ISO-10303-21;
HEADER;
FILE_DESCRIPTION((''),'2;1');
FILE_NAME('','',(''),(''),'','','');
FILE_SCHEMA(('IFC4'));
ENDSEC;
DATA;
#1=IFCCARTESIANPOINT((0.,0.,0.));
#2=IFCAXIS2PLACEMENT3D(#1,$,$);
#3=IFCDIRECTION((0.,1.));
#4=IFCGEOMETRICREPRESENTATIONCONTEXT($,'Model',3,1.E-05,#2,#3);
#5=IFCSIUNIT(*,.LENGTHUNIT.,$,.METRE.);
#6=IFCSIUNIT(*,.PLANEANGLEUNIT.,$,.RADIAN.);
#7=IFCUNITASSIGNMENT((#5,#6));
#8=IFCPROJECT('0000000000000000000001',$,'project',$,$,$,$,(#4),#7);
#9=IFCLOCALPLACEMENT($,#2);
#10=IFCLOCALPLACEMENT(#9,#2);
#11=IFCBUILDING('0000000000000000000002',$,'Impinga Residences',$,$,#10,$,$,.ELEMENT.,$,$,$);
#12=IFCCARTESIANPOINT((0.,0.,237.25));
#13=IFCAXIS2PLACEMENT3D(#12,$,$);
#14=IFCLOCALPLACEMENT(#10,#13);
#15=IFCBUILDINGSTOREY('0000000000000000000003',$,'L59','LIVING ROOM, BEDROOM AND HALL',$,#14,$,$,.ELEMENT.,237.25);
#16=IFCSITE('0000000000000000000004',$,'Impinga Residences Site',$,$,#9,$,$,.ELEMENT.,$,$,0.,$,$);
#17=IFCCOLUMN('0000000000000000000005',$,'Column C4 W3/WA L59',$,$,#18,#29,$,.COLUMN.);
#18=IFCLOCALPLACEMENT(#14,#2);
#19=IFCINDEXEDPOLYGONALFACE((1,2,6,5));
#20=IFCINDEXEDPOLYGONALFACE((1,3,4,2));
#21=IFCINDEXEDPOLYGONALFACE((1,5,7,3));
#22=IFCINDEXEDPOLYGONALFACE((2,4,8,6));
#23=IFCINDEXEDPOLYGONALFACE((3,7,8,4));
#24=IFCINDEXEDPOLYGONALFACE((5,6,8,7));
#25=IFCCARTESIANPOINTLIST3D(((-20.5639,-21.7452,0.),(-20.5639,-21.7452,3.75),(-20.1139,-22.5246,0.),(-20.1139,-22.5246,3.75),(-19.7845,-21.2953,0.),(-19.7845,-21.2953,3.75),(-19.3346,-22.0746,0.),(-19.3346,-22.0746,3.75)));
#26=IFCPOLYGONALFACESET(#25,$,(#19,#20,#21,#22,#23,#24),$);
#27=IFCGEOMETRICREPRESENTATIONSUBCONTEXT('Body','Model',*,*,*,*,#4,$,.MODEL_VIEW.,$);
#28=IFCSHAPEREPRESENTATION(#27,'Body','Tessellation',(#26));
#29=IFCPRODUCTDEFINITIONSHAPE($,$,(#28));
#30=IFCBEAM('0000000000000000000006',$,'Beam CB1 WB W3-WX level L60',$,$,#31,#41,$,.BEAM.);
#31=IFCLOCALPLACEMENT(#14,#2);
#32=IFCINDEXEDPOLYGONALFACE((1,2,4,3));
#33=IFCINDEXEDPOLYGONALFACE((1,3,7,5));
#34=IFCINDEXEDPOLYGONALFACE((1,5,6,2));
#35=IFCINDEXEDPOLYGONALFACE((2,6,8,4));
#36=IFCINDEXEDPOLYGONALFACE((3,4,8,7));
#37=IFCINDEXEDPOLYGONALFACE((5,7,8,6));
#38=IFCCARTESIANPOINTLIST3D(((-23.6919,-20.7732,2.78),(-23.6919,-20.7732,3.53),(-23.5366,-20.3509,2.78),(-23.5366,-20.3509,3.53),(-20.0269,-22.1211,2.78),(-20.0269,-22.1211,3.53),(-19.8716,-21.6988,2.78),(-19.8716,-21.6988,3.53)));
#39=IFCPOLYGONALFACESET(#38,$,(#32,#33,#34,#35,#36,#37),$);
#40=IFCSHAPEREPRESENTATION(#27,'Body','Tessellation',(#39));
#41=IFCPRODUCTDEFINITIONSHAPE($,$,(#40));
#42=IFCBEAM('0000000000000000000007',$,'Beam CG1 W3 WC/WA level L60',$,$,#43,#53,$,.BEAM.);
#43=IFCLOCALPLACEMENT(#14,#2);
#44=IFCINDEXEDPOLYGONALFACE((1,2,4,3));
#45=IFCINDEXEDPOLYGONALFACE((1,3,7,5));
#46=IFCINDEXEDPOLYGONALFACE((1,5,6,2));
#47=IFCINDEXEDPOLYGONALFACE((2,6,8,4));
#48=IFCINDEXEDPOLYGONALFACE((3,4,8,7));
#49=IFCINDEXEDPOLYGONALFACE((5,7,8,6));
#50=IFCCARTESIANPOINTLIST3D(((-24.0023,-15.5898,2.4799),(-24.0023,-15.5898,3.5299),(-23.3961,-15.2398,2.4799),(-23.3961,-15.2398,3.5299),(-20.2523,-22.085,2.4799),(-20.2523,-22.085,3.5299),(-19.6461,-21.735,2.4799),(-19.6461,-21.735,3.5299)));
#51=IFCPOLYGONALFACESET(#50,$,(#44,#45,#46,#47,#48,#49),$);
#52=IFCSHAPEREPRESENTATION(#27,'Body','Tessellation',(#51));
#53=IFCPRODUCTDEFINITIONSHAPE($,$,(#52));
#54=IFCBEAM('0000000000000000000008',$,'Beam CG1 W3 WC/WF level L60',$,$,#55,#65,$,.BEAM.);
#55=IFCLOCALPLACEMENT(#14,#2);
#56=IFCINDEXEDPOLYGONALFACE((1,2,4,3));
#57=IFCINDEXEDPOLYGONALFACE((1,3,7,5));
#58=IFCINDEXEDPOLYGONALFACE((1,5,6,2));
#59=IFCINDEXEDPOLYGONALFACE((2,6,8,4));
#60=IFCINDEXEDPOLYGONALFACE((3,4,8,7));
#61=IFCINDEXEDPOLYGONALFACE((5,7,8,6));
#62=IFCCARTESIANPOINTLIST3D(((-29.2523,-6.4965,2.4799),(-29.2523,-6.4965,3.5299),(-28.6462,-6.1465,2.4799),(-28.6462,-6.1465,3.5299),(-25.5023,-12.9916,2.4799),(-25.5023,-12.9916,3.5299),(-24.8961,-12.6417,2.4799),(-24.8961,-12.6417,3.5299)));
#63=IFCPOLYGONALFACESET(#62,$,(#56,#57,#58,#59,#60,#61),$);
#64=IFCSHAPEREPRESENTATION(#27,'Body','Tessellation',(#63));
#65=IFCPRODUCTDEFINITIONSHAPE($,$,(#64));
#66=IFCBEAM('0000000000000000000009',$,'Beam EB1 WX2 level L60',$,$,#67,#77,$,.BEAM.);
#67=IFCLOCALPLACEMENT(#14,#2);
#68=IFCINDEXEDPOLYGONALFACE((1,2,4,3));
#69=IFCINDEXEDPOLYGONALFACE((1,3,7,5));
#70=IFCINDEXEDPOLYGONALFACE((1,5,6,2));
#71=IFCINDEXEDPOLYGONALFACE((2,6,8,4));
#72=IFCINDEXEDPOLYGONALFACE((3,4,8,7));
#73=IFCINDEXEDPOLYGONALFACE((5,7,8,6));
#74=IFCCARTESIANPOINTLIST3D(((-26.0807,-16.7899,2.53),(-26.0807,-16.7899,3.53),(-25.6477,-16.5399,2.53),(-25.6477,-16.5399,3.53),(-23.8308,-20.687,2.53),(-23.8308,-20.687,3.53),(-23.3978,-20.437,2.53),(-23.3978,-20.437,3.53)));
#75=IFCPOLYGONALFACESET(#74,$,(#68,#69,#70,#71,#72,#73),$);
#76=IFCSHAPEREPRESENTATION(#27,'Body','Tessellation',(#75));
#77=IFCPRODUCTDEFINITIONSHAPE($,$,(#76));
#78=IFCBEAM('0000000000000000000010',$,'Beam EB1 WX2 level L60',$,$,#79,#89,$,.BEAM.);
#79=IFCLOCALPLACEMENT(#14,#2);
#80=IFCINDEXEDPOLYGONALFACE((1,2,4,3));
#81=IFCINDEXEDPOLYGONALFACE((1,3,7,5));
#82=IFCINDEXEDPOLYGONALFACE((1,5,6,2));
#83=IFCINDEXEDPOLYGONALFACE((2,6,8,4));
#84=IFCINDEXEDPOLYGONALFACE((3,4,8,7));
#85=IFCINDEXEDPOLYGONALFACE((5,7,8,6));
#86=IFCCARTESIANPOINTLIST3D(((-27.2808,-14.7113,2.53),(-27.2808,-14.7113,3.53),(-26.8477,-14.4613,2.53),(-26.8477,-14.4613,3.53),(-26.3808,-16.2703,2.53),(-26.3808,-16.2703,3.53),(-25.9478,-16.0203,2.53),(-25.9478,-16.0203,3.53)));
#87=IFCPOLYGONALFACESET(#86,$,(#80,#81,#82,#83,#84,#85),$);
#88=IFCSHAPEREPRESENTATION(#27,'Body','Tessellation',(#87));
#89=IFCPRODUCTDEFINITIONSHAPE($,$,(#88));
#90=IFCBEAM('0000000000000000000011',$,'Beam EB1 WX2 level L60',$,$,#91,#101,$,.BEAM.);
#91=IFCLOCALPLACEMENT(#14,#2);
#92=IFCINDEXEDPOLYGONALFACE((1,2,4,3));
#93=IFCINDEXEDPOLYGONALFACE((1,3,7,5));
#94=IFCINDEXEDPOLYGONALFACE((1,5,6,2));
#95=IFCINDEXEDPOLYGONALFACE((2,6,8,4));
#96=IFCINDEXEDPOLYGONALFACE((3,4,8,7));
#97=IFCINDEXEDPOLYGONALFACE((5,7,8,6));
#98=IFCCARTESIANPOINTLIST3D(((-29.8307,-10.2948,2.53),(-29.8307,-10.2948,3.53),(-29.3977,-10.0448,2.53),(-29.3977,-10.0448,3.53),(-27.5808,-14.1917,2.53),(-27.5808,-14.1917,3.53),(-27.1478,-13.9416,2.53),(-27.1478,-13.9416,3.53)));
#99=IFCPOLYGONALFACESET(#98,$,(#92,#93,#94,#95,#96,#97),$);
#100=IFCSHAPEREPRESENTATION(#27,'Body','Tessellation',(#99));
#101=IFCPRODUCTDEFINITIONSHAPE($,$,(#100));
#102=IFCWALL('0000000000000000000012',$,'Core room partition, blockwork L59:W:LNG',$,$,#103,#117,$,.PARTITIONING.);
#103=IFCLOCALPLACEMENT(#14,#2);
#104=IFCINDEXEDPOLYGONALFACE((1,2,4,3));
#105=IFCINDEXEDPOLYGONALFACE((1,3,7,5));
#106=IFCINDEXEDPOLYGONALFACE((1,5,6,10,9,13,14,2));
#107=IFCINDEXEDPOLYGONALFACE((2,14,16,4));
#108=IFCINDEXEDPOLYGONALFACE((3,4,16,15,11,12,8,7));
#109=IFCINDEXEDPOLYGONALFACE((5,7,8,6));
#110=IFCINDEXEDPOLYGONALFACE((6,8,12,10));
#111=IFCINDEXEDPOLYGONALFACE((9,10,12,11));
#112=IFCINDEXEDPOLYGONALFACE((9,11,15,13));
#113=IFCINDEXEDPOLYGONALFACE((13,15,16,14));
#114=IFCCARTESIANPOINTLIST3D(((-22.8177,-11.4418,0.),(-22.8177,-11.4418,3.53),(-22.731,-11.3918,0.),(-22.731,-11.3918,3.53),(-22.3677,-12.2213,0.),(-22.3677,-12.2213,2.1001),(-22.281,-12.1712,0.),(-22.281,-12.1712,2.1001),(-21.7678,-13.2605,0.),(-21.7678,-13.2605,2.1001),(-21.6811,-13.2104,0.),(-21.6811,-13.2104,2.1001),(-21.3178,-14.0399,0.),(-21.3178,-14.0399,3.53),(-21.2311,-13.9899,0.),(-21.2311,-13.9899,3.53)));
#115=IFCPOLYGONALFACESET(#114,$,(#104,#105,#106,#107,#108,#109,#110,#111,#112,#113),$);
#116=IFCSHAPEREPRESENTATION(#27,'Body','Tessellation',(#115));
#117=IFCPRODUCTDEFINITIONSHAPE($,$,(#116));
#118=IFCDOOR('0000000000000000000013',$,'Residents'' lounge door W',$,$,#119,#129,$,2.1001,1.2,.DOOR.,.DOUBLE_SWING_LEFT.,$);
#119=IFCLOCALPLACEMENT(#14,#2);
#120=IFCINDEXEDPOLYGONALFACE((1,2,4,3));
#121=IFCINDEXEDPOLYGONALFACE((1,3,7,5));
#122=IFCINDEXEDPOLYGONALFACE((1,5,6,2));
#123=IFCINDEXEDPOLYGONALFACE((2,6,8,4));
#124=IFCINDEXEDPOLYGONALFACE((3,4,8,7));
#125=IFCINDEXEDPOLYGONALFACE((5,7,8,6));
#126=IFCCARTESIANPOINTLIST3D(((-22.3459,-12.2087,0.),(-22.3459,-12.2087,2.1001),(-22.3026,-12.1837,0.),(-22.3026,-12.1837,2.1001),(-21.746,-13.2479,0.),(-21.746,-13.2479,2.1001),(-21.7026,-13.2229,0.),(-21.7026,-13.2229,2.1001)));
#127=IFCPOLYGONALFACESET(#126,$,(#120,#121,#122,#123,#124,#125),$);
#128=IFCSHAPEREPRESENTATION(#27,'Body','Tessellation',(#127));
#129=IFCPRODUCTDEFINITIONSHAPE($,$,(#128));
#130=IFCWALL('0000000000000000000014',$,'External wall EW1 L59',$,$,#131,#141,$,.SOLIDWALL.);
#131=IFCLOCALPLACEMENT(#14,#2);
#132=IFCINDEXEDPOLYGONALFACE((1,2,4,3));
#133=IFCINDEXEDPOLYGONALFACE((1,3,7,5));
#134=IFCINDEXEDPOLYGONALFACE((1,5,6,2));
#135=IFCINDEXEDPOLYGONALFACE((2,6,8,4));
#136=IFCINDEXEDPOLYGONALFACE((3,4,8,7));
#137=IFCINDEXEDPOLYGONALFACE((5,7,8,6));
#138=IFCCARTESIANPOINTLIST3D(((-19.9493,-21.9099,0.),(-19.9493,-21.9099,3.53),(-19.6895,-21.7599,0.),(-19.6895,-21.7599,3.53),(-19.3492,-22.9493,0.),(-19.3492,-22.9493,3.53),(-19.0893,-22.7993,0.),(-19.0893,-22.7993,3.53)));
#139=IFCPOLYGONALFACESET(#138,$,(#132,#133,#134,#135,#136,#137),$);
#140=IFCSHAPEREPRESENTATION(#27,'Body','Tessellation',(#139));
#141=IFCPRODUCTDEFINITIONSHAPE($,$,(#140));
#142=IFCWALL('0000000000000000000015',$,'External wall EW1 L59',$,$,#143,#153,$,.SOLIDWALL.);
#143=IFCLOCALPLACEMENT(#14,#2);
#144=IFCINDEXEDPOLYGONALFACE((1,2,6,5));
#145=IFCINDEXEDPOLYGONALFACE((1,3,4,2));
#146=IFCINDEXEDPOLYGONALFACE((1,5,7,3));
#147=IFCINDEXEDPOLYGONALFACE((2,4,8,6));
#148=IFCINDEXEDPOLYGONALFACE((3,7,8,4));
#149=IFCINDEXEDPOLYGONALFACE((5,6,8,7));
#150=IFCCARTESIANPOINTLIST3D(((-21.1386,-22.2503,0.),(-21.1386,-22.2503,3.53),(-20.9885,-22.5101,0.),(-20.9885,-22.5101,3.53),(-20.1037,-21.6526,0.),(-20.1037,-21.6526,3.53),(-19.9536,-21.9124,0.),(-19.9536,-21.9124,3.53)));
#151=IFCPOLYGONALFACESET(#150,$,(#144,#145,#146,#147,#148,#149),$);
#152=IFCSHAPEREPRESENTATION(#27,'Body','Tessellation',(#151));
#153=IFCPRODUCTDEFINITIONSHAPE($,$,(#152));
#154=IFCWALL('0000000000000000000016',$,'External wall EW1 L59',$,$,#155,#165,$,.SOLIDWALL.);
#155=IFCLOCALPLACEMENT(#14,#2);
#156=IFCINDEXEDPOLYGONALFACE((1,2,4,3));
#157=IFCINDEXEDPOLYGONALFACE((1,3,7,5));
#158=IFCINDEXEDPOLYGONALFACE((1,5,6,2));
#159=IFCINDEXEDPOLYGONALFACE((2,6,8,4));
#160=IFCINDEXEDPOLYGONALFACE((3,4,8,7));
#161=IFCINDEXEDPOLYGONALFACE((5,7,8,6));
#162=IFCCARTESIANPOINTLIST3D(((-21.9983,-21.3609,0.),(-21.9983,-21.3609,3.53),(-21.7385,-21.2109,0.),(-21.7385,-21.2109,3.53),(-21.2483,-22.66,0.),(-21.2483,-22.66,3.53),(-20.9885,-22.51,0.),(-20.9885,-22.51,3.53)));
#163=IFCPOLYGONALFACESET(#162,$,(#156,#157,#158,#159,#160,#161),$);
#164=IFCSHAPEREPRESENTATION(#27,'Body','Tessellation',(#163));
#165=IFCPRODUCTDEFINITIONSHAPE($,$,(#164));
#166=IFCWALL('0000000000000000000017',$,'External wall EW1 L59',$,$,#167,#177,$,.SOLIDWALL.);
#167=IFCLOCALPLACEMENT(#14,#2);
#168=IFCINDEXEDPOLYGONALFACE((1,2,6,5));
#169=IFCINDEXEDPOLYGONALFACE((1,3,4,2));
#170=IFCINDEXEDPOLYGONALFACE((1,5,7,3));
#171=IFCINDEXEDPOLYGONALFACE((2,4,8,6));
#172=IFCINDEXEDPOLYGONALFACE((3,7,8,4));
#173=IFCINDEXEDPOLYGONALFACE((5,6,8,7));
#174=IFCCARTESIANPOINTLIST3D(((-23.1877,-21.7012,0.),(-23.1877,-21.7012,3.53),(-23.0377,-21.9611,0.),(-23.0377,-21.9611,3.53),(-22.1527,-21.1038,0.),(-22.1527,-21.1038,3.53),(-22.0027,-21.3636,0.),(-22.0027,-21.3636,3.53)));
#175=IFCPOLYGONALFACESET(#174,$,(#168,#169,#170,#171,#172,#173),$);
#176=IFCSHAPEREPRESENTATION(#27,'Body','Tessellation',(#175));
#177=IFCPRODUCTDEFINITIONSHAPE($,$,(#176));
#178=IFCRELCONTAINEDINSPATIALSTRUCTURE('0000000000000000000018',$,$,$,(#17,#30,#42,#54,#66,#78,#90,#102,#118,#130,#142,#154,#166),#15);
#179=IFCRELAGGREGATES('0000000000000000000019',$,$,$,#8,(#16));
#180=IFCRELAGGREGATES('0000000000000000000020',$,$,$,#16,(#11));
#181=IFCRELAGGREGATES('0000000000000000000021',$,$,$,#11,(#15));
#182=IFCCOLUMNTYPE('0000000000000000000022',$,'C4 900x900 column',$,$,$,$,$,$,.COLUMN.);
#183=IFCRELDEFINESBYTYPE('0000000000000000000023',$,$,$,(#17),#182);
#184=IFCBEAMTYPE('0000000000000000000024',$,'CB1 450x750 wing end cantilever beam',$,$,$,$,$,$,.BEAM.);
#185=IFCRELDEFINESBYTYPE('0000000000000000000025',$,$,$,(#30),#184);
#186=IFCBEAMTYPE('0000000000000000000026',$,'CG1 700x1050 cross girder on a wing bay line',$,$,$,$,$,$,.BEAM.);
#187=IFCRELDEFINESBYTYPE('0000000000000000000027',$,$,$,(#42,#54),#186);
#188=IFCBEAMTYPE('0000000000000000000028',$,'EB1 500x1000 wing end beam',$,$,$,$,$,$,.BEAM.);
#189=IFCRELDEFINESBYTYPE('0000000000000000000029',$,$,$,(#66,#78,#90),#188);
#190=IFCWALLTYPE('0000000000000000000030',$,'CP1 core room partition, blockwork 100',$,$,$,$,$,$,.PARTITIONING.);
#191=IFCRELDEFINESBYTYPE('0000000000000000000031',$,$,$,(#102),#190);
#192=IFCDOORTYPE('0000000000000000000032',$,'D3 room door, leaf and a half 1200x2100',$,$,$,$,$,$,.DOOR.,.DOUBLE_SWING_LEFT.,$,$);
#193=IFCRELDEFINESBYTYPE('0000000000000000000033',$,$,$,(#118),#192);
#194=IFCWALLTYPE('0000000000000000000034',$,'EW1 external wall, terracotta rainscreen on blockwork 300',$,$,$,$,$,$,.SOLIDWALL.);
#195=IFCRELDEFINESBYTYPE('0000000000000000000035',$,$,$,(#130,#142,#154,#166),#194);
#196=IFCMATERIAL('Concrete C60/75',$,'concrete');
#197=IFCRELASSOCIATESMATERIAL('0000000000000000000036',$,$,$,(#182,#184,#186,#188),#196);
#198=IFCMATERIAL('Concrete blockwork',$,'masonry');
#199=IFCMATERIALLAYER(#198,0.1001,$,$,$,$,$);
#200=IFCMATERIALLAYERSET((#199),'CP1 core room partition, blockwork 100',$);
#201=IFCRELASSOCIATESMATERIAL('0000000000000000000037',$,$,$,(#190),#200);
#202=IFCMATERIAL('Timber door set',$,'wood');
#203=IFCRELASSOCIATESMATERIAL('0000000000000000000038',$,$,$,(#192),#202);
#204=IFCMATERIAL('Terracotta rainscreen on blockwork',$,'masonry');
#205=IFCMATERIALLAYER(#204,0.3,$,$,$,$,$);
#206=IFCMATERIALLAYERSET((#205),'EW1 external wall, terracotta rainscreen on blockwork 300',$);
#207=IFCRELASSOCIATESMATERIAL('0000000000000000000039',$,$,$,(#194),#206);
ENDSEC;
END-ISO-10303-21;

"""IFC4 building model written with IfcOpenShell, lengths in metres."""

from ifc_helpers import new_model, si_unit, direction, frame, frame_2d, origin, origin_2d, place, context, subcontext, project, spatial, rectangle, extrude, material, layer, layer_set, material_profile, profile_set, type_object, element, fill, save


model = new_model("IFC4")

# Units and contexts
model_context = context("Model", 3, precision=1e-05, world=origin(), true_north=direction((0.0, 1.0)))
body_context = subcontext(model_context, "Body", "Model", "MODEL_VIEW")
ifc_project = project(units=[si_unit("LENGTHUNIT", "METRE"), si_unit("PLANEANGLEUNIT", "RADIAN")], contexts=[model_context])

# Site, building, storey
site_placement = place(None, origin())
site = spatial("IfcSite", under=ifc_project, at=site_placement, Name="Impinga Residences Site", CompositionType="ELEMENT", RefElevation=0.0)
building_placement = place(site_placement, origin())
building = spatial("IfcBuilding", under=site, at=building_placement, Name="Impinga Residences", CompositionType="ELEMENT")
storey_placement = place(building_placement, frame((0.0, 0.0, 237.25)))
storey = spatial("IfcBuildingStorey", under=building, at=storey_placement, Name="L59", Description="LIVING ROOM, BEDROOM AND HALL", CompositionType="ELEMENT", Elevation=237.25)

# Column
ifc_material_1 = material(Name="Concrete C60/75", Category="concrete")
ifc_material_profile_1 = material_profile(ifc_material_1, rectangle(XDim=0.8999, YDim=0.8999, at=origin_2d()), Name="RC 900x900")
ifc_profile_set_1 = profile_set([ifc_material_profile_1], Name="Concrete C60/75")
column_type = type_object("IfcColumnType", Name="C4 900x900 column", PredefinedType="COLUMN", material=ifc_profile_set_1)
column_placement = place(storey_placement, frame((-19.9492, -21.9099, 0.0), z_axis=(0.0, 0.0, 1.0), x_axis=(-0.5, 0.866025, 0.0)))
element("IfcColumn", 1, at=column_placement, inside=storey, type_object=column_type, Name="Column C4 W3/WA L59", PredefinedType="COLUMN", context=body_context, shape_type="SweptSolid", body=[
    extrude(rectangle(XDim=0.8999, YDim=0.8999, at=origin_2d()), origin(), (0.0, 0.0, 1.0), 3.75),
])

# Beams
ifc_material_profile_2 = material_profile(ifc_material_1, rectangle(XDim=0.45, YDim=0.75, at=origin_2d()), Name="RC 450x750")
ifc_profile_set_2 = profile_set([ifc_material_profile_2], Name="Concrete C60/75")
beam_type_1 = type_object("IfcBeamType", Name="CB1 450x750 wing end cantilever beam", PredefinedType="BEAM", material=ifc_profile_set_2)
beam_1_placement = place(storey_placement, frame((-19.9492, -21.9099, 3.155), z_axis=(-0.93854, 0.345169, 0.0), x_axis=(-0.345169, -0.93854, 0.0)))
element("IfcBeam", 2, at=beam_1_placement, inside=storey, type_object=beam_type_1, Name="Beam CB1 WB W3-WX level L60", PredefinedType="BEAM", context=body_context, shape_type="SweptSolid", body=[
    extrude(rectangle(XDim=0.45, YDim=0.75, at=origin_2d()), origin(), (0.0, 0.0, 1.0), 3.905),
])
ifc_material_profile_3 = material_profile(ifc_material_1, rectangle(XDim=0.7, YDim=1.05, at=origin_2d()), Name="RC 700x1050")
ifc_profile_set_3 = profile_set([ifc_material_profile_3], Name="Concrete C60/75")
beam_type_2 = type_object("IfcBeamType", Name="CG1 700x1050 cross girder on a wing bay line", PredefinedType="BEAM", material=ifc_profile_set_3)
for number, where, z_axis, x_axis, name in (
    (3, (-23.6992, -15.4148, 3.0049), (0.500004, -0.866023, 0.0), (0.866023, 0.500004, 0.0), "Beam CG1 W3 WC/WA level L60"),
    (4, (-25.1992, -12.8167, 3.0049), (-0.500004, 0.866023, 0.0), (-0.866023, -0.500004, 0.0), "Beam CG1 W3 WC/WF level L60"),
):
    element("IfcBeam", number, at=place(storey_placement, frame(where, z_axis=z_axis, x_axis=x_axis)), inside=storey, type_object=beam_type_2, Name=name, PredefinedType="BEAM", context=body_context, shape_type="SweptSolid", body=[
        extrude(rectangle(XDim=0.7, YDim=1.05, at=origin_2d()), origin(), (0.0, 0.0, 1.0), 7.5),
    ])
ifc_material_profile_4 = material_profile(ifc_material_1, rectangle(XDim=0.5, YDim=1.0, at=origin_2d()), Name="RC 500x1000")
ifc_profile_set_4 = profile_set([ifc_material_profile_4], Name="Concrete C60/75")
beam_type_3 = type_object("IfcBeamType", Name="EB1 500x1000 wing end beam", PredefinedType="BEAM", material=ifc_profile_set_4)
beam_2_placement = place(storey_placement, frame((-23.6143, -20.562, 3.03), z_axis=(-0.49999, 0.866031, 0.0), x_axis=(-0.866031, -0.49999, 0.0)))
element("IfcBeam", 5, at=beam_2_placement, inside=storey, type_object=beam_type_3, Name="Beam EB1 WX2 level L60", PredefinedType="BEAM", context=body_context, shape_type="SweptSolid", body=[
    extrude(rectangle(XDim=0.5, YDim=1.0, at=origin_2d()), origin(), (0.0, 0.0, 1.0), 4.5),
])
beam_3_placement = place(storey_placement, frame((-26.1643, -16.1453, 3.03), z_axis=(-0.499961, 0.866048, 0.0), x_axis=(-0.866048, -0.499961, 0.0)))
element("IfcBeam", 6, at=beam_3_placement, inside=storey, type_object=beam_type_3, Name="Beam EB1 WX2 level L60", PredefinedType="BEAM", context=body_context, shape_type="SweptSolid", body=[
    extrude(rectangle(XDim=0.5, YDim=1.0, at=origin_2d()), origin(), (0.0, 0.0, 1.0), 1.8),
])
beam_4_placement = place(storey_placement, frame((-27.3643, -14.0667, 3.03), z_axis=(-0.500014, 0.866018, 0.0), x_axis=(-0.866018, -0.500014, 0.0)))
element("IfcBeam", 7, at=beam_4_placement, inside=storey, type_object=beam_type_3, Name="Beam EB1 WX2 level L60", PredefinedType="BEAM", context=body_context, shape_type="SweptSolid", body=[
    extrude(rectangle(XDim=0.5, YDim=1.0, at=origin_2d()), origin(), (0.0, 0.0, 1.0), 4.4998),
])

# Wall, opening, door
ifc_material_2 = material(Name="Concrete blockwork", Category="masonry")
ifc_layer_1 = layer(ifc_material_2, 0.1001)
ifc_layer_set_1 = layer_set([ifc_layer_1], Name="CP1 core room partition, blockwork 100")
wall_type_1 = type_object("IfcWallType", Name="CP1 core room partition, blockwork 100", PredefinedType="PARTITIONING", material=ifc_layer_set_1)
wall_1_placement = place(storey_placement, frame((-21.2744, -14.0149, 0.0), z_axis=(0.0, 0.0, 1.0), x_axis=(-0.49999, 0.866031, 0.0)))
wall_1 = element("IfcWall", 8, at=wall_1_placement, inside=storey, type_object=wall_type_1, Name="Core room partition, blockwork L59:W:LNG", PredefinedType="PARTITIONING", context=body_context, shape_type="SweptSolid", body=[
    extrude(rectangle(XDim=3.0, YDim=0.1001, at=frame_2d((1.5, 0.0))), origin(), (0.0, 0.0, 1.0), 3.53),
])
opening_1_placement = place(wall_1_placement, frame((0.8999, 0.0, 0.0)))
opening_1 = element("IfcOpeningElement", 9, at=opening_1_placement, cuts=wall_1, PredefinedType="OPENING", context=body_context, shape_type="SweptSolid", body=[
    extrude(rectangle(XDim=1.2, YDim=2.1001, at=frame_2d((0.6001, 1.05))), frame((0.0, 0.0601, 0.0), z_axis=(0.0, -1.0, 0.0), x_axis=(1.0, 0.0, 0.0)), (0.0, 0.0, 1.0), 0.1201),
])
ifc_material_3 = material(Name="Timber door set", Category="wood")
door_type_1 = type_object("IfcDoorType", Name="D3 room door, leaf and a half 1200x2100", OperationType="DOUBLE_SWING_LEFT", PredefinedType="DOOR", material=ifc_material_3)
door_1_placement = place(opening_1_placement, origin())
door_1 = element("IfcDoor", 10, at=door_1_placement, inside=storey, type_object=door_type_1, Name="Residents' lounge door W", OperationType="DOUBLE_SWING_LEFT", OverallHeight=2.1001, OverallWidth=1.2, PredefinedType="DOOR", context=body_context, shape_type="SweptSolid", body=[
    extrude(rectangle(XDim=1.2, YDim=2.1001, at=frame_2d((0.6001, 1.05))), frame((0.0, 0.0249, 0.0), z_axis=(0.0, -1.0, 0.0), x_axis=(1.0, 0.0, 0.0)), (0.0, 0.0, 1.0), 0.05),
])
fill(opening_1, door_1)

# Walls
ifc_material_4 = material(Name="Terracotta rainscreen on blockwork", Category="masonry")
ifc_layer_2 = layer(ifc_material_4, 0.3)
ifc_layer_set_2 = layer_set([ifc_layer_2], Name="EW1 external wall, terracotta rainscreen on blockwork 300")
wall_type_2 = type_object("IfcWallType", Name="EW1 external wall, terracotta rainscreen on blockwork 300", PredefinedType="SOLIDWALL", material=ifc_layer_set_2)
wall_2_placement = place(storey_placement, frame((-19.2192, -22.8743, 0.0), z_axis=(0.0, 0.0, 1.0), x_axis=(-0.500034, 0.866006, 0.0)))
element("IfcWall", 11, at=wall_2_placement, inside=storey, type_object=wall_type_2, Name="External wall EW1 L59", PredefinedType="SOLIDWALL", context=body_context, shape_type="SweptSolid", body=[
    extrude(rectangle(XDim=1.2002, YDim=0.3, at=frame_2d((0.6001, 0.0))), origin(), (0.0, 0.0, 1.0), 3.53),
])
wall_3_placement = place(storey_placement, frame((-20.0286, -21.7825, 0.0), z_axis=(0.0, 0.0, 1.0), x_axis=(-0.865971, -0.500094, 0.0)))
element("IfcWall", 12, at=wall_3_placement, inside=storey, type_object=wall_type_2, Name="External wall EW1 L59", PredefinedType="SOLIDWALL", context=body_context, shape_type="SweptSolid", body=[
    extrude(rectangle(XDim=1.1951, YDim=0.3, at=frame_2d((0.5977, 0.0))), origin(), (0.0, 0.0, 1.0), 3.53),
])
wall_4_placement = place(storey_placement, frame((-21.1184, -22.585, 0.0), z_axis=(0.0, 0.0, 1.0), x_axis=(-0.49999, 0.866031, 0.0)))
element("IfcWall", 13, at=wall_4_placement, inside=storey, type_object=wall_type_2, Name="External wall EW1 L59", PredefinedType="SOLIDWALL", context=body_context, shape_type="SweptSolid", body=[
    extrude(rectangle(XDim=1.5, YDim=0.3, at=frame_2d((0.75, 0.0))), origin(), (0.0, 0.0, 1.0), 3.53),
])
wall_5_placement = place(storey_placement, frame((-22.0776, -21.2336, 0.0), z_axis=(0.0, 0.0, 1.0), x_axis=(-0.86606, -0.499941, 0.0)))
element("IfcWall", 14, at=wall_5_placement, inside=storey, type_object=wall_type_2, Name="External wall EW1 L59", PredefinedType="SOLIDWALL", context=body_context, shape_type="SweptSolid", body=[
    extrude(rectangle(XDim=1.1951, YDim=0.3, at=frame_2d((0.5977, 0.0))), origin(), (0.0, 0.0, 1.0), 3.53),
])

save(model, "model.ifc")
